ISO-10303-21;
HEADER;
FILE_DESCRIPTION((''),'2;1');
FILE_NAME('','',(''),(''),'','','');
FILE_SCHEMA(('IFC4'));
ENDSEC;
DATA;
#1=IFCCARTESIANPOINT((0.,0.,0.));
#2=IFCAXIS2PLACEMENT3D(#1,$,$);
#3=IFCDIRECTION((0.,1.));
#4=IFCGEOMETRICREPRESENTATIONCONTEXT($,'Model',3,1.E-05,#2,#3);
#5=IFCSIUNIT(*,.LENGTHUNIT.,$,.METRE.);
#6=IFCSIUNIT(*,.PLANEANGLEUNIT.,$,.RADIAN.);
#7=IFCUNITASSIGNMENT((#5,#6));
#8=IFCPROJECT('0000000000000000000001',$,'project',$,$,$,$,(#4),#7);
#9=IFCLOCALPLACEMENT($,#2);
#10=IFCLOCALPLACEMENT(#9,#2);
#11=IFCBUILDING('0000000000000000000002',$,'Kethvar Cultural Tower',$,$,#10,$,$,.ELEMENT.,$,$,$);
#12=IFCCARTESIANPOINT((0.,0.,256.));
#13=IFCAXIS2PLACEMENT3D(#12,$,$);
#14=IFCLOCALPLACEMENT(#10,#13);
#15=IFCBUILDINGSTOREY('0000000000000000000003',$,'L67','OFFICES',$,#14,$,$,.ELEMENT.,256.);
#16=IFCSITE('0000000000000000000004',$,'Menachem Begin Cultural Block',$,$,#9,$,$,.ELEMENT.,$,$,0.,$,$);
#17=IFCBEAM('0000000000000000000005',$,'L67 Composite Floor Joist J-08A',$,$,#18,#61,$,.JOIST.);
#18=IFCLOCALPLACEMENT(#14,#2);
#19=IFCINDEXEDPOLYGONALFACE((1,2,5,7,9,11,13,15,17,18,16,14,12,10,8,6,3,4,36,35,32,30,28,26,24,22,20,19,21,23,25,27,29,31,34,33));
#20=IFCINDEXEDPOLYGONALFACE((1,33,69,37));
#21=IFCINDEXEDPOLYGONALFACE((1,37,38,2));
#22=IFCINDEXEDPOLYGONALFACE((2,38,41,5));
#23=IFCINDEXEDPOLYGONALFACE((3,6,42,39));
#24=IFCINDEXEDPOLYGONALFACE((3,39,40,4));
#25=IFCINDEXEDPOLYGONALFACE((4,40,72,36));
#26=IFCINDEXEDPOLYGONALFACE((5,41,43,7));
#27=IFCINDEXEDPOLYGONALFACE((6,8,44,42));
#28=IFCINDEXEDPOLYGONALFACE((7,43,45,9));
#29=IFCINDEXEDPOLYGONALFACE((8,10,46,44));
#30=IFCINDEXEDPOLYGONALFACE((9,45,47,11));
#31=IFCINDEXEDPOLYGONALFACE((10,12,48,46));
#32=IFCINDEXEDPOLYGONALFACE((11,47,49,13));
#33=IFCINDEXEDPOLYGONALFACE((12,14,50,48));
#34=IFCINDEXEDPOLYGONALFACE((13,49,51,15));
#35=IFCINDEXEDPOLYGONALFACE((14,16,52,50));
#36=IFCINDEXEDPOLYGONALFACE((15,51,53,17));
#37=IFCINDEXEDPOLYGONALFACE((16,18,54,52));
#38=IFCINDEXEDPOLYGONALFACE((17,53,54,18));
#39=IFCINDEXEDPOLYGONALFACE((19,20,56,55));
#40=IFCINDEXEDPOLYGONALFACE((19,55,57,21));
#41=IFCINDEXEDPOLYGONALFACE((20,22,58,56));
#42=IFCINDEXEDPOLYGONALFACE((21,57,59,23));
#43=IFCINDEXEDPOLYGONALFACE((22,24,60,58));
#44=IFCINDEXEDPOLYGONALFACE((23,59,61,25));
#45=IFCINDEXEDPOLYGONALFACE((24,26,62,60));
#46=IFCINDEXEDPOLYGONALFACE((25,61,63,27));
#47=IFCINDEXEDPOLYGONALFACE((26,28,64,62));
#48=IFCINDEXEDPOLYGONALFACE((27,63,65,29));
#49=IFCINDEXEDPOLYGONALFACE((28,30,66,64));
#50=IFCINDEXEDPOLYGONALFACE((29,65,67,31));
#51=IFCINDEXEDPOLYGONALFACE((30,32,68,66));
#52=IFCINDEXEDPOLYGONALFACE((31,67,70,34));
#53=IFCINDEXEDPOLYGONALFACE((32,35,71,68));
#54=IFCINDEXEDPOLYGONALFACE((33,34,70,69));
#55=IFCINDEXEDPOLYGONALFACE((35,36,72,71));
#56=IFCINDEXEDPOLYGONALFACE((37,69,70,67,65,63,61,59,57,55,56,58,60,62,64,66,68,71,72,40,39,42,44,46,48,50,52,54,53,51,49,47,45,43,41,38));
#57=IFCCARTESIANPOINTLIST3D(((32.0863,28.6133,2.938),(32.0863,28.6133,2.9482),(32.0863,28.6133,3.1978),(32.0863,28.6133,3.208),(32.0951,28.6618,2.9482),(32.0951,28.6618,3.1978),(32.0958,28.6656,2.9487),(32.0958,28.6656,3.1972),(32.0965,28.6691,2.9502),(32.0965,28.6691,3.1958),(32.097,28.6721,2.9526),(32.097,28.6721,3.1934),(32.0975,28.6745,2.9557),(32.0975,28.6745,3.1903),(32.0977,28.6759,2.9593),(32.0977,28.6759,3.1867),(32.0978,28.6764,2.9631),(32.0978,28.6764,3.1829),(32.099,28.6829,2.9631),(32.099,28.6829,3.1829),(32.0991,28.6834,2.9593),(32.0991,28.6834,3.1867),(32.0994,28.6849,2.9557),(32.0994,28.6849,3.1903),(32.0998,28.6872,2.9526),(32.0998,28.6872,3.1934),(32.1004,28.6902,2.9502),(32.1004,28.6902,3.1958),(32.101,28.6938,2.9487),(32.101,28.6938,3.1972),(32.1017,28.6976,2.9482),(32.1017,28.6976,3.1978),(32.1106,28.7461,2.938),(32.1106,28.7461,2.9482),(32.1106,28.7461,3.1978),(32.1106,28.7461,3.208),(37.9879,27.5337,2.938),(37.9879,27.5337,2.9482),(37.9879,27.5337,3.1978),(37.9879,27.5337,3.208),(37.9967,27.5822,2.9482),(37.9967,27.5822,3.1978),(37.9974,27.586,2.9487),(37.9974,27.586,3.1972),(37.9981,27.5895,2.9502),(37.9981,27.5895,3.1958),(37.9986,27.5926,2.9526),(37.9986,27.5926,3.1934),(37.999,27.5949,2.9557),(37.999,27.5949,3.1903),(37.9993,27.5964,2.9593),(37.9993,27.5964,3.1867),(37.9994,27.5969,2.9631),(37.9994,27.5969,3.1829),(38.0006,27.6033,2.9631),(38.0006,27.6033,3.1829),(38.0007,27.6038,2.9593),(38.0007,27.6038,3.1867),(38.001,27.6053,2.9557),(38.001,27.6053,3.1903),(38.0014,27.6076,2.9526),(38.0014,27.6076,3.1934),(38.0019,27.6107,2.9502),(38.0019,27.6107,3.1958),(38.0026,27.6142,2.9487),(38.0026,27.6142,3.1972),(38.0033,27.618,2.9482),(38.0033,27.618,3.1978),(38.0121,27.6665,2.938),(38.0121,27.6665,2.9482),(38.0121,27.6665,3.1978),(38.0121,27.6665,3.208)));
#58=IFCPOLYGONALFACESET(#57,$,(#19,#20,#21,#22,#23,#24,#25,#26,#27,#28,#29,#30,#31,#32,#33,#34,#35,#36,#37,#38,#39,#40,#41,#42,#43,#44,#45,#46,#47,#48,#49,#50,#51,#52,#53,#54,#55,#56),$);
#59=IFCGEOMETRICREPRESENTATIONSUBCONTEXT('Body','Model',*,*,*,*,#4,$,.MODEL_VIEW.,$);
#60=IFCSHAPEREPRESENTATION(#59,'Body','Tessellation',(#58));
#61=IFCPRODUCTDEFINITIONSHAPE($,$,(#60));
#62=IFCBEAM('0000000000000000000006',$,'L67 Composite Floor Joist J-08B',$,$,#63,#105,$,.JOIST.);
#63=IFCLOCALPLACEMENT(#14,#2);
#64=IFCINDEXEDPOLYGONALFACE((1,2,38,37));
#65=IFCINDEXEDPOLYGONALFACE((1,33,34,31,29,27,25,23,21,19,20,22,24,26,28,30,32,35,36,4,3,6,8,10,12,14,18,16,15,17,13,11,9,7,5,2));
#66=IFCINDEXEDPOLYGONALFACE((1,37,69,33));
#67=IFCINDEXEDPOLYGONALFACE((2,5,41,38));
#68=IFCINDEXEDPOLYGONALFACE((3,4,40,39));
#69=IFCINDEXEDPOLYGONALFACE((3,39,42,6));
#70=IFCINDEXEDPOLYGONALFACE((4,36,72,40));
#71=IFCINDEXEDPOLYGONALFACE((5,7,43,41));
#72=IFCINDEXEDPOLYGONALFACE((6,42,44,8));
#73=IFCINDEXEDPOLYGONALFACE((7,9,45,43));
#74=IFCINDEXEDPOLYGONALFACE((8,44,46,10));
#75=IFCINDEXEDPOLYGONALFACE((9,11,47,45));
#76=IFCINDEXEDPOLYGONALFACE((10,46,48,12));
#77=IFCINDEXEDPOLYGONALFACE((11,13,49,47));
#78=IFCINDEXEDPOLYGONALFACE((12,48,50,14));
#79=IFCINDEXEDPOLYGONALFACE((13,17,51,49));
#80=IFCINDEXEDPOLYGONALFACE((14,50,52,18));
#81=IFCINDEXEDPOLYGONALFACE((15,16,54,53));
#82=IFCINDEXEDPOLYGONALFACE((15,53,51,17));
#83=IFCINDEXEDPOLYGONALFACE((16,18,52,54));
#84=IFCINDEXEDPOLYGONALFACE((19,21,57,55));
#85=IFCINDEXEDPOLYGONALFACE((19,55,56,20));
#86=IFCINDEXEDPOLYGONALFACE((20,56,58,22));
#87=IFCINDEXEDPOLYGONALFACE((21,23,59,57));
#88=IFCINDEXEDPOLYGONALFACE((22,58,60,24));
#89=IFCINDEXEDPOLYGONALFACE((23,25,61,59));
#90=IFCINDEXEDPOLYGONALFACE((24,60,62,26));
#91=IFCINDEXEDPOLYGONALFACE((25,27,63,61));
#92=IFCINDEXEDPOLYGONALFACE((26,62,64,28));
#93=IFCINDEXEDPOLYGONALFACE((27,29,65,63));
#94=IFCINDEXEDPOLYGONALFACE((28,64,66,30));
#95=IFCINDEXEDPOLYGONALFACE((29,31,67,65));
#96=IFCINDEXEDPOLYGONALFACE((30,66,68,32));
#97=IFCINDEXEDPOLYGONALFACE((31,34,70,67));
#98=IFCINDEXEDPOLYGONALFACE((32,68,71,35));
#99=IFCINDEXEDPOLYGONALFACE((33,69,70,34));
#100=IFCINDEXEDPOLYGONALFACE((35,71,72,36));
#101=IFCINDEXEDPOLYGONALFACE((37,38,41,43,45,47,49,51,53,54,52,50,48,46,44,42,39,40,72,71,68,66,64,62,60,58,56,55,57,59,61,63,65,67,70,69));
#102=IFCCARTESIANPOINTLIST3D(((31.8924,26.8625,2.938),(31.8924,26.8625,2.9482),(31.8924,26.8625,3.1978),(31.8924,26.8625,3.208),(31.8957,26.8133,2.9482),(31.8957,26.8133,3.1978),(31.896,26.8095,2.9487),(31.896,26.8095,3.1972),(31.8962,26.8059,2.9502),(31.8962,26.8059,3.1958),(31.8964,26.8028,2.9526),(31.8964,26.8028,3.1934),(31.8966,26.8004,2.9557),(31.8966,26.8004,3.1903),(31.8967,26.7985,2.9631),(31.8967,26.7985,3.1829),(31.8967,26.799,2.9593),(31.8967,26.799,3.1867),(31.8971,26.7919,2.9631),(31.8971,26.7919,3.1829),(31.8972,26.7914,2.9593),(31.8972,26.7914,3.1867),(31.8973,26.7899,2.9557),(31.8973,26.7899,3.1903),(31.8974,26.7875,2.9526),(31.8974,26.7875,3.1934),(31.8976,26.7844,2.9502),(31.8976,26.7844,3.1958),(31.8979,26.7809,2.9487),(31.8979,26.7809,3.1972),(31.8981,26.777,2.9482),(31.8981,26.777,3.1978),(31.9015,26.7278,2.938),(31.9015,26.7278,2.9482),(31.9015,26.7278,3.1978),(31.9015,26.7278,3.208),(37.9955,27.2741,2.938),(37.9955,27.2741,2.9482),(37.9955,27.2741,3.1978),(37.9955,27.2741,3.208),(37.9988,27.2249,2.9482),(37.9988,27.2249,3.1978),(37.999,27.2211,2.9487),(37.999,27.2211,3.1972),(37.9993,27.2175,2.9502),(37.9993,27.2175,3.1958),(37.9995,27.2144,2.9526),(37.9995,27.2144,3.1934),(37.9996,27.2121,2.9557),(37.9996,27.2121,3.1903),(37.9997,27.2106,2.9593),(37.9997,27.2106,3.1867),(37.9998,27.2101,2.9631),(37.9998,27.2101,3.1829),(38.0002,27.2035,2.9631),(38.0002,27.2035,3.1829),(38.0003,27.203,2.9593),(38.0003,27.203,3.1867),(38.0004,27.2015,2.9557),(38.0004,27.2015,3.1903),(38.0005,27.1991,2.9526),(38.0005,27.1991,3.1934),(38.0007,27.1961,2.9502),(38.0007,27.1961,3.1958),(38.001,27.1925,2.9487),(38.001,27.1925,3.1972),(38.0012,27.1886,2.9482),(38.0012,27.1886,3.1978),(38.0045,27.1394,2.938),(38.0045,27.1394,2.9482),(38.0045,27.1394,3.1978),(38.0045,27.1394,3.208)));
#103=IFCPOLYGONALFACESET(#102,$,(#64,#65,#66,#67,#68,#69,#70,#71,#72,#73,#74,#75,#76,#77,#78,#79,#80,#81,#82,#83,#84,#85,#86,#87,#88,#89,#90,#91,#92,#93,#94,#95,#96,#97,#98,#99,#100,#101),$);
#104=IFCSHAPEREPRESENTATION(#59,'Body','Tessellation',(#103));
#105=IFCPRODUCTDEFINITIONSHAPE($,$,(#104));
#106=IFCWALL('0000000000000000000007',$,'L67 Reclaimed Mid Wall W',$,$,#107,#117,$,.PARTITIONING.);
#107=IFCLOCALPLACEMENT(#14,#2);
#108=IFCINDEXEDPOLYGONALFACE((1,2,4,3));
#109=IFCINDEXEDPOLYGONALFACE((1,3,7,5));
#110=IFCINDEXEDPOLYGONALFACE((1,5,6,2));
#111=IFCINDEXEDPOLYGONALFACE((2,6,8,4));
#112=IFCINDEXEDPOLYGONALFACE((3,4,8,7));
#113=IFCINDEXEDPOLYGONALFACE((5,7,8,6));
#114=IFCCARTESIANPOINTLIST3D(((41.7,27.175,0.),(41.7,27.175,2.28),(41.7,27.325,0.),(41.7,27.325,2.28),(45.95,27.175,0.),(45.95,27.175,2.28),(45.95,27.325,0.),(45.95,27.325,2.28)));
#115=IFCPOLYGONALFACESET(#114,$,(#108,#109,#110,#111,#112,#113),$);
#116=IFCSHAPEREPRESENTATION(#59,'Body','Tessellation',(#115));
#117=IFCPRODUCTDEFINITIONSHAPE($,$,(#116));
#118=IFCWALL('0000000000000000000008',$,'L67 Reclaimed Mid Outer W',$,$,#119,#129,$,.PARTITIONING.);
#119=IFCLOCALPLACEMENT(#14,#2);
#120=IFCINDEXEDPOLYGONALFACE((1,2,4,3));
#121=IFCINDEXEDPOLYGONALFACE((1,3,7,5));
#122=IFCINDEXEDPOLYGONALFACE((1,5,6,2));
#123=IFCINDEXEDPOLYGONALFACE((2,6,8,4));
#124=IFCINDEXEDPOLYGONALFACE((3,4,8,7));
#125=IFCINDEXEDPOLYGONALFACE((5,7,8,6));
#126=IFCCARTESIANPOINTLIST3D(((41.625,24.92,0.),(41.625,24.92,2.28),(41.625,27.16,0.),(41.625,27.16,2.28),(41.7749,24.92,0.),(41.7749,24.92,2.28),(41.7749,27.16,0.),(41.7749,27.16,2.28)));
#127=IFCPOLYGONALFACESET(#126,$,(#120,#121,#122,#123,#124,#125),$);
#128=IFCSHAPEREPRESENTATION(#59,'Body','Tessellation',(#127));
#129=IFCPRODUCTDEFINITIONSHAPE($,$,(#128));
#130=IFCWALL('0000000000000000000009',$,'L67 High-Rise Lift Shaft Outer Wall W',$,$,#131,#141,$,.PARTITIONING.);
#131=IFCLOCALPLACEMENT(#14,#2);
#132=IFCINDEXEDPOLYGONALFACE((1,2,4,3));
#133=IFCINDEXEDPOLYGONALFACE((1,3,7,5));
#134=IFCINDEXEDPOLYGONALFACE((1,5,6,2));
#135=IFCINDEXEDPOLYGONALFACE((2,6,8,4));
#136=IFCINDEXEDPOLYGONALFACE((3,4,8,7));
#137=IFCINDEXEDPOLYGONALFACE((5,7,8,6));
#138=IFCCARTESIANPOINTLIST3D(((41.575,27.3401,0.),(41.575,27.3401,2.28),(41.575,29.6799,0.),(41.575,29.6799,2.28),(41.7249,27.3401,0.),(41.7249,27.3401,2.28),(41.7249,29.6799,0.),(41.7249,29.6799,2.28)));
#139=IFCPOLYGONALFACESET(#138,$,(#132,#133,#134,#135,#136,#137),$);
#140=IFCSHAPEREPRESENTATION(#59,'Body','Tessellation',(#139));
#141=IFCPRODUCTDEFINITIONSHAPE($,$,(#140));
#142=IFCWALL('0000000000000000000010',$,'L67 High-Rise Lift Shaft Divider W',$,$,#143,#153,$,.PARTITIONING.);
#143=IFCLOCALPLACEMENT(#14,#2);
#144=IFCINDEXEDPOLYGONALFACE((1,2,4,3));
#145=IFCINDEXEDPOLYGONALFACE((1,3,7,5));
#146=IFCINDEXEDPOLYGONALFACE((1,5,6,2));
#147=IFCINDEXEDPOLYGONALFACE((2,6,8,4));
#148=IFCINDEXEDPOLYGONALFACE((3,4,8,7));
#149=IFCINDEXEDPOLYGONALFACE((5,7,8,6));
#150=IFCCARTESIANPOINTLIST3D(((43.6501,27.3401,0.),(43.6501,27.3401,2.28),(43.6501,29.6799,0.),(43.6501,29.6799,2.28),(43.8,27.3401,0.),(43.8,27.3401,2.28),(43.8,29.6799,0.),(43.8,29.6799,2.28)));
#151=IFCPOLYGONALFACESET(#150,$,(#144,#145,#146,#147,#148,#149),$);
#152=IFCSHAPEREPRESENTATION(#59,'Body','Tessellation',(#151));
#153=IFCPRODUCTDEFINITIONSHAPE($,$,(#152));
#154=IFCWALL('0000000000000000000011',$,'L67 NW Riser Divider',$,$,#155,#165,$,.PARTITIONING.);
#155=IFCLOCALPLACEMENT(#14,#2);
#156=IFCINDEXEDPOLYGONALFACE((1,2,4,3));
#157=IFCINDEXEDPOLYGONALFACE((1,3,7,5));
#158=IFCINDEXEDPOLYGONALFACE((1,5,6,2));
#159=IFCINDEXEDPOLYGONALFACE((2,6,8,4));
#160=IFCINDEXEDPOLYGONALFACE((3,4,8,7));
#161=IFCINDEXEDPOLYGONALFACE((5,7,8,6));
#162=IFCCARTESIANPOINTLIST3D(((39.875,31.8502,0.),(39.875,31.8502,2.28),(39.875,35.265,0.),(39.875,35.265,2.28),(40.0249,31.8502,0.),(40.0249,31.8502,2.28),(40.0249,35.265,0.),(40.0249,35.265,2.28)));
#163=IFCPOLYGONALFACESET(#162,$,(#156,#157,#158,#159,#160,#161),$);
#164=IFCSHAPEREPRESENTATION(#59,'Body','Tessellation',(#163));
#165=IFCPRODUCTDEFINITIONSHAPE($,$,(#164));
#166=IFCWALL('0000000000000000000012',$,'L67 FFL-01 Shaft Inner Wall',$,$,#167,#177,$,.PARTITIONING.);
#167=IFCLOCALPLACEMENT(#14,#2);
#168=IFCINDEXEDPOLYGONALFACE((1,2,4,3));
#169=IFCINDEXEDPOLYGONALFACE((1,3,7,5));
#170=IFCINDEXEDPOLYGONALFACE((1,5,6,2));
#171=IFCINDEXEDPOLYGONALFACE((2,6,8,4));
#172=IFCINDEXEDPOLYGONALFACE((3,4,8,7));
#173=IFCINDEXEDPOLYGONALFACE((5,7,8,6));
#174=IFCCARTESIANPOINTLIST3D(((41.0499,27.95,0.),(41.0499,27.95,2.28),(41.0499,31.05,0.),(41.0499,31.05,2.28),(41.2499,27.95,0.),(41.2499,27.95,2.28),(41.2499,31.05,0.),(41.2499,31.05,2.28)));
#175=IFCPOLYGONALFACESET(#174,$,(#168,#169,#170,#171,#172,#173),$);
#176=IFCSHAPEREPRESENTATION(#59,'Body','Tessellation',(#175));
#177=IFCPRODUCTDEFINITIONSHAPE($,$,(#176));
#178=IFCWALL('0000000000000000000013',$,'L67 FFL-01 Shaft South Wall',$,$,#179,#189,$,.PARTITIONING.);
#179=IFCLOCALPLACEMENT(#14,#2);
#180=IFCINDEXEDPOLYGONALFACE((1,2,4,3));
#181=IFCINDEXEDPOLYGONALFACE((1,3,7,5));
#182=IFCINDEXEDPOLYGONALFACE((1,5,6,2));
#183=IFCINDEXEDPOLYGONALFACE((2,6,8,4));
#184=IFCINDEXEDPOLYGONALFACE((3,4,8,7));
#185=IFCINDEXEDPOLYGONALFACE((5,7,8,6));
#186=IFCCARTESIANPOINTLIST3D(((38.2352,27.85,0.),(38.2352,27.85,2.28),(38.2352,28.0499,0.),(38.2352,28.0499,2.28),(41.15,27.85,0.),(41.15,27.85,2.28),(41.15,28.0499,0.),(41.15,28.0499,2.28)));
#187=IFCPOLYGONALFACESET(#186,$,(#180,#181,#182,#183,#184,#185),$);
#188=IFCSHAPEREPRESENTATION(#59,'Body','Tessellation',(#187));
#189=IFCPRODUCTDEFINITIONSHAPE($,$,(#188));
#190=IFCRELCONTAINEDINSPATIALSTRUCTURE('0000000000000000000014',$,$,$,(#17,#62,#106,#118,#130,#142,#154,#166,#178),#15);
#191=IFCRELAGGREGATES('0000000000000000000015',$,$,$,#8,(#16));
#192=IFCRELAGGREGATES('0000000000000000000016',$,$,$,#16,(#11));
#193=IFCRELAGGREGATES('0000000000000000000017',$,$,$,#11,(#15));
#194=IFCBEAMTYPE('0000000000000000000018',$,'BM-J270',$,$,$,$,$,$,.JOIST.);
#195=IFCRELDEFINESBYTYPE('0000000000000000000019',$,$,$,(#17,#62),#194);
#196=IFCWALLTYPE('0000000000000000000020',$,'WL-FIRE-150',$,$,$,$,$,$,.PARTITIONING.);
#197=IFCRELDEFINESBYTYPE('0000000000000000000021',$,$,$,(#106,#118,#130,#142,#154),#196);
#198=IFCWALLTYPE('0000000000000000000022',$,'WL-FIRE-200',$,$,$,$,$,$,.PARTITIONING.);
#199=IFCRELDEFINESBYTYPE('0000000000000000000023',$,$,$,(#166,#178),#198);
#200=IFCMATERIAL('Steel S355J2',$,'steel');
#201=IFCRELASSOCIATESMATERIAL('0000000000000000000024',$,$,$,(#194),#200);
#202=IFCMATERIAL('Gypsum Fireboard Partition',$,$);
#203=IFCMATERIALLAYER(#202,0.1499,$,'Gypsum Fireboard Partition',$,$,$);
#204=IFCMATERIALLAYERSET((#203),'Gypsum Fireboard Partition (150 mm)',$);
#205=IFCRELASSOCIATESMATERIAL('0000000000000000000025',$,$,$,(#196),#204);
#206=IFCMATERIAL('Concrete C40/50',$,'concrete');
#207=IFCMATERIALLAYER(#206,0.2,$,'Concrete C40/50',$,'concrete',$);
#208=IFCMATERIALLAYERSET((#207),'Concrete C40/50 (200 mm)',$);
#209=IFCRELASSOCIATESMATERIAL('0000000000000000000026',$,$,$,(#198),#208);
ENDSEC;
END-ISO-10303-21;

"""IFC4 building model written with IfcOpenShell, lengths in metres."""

from ifc_helpers import new_model, si_unit, direction, frame, frame_2d, origin, origin_2d, place, context, subcontext, project, spatial, rectangle, i_section, extrude, source, transform, mapped, material, layer, layer_set, material_profile, profile_set, type_object, element, save


model = new_model("IFC4")

# Units and contexts
model_context = context("Model", 3, precision=1e-05, world=origin(), true_north=direction((0.0, 1.0)))
body_context = subcontext(model_context, "Body", "Model", "MODEL_VIEW")
ifc_project = project(units=[si_unit("LENGTHUNIT", "METRE"), si_unit("PLANEANGLEUNIT", "RADIAN")], contexts=[model_context])

# Site, building, storey
site_placement = place(None, origin())
site = spatial("IfcSite", under=ifc_project, at=site_placement, Name="Menachem Begin Cultural Block", CompositionType="ELEMENT", RefElevation=0.0)
building_placement = place(site_placement, origin())
building = spatial("IfcBuilding", under=site, at=building_placement, Name="Kethvar Cultural Tower", CompositionType="ELEMENT")
storey_placement = place(building_placement, frame((0.0, 0.0, 256.0)))
storey = spatial("IfcBuildingStorey", under=building, at=storey_placement, Name="L67", Description="OFFICES", CompositionType="ELEMENT", Elevation=256.0)

# Beams
ifc_material_1 = material(Name="Steel S355J2", Category="steel")
ifc_material_profile_1 = material_profile(ifc_material_1, i_section(OverallWidth=0.135, OverallDepth=0.27, WebThickness=0.0066, FlangeThickness=0.0103, FilletRadius=0.0149, at=origin_2d()), Name="Steel S355J2 — IPE270")
ifc_profile_set_1 = profile_set([ifc_material_profile_1], Name="Steel S355J2 — IPE270")
beam_type_1 = type_object("IfcBeamType", Name="BM-J270", PredefinedType="JOIST", material=ifc_profile_set_1)
shared_shape_1 = source(origin(), body_context, "Body", "SweptSolid", [
    extrude(i_section(OverallWidth=0.135, OverallDepth=0.27, WebThickness=0.0066, FlangeThickness=0.0103, FilletRadius=0.0149, at=origin_2d()), origin(), (0.0, 0.0, 1.0), 5.9995),
])
beam_1_placement = place(storey_placement, frame((38.0, 27.6001, 3.073), z_axis=(-0.983677, 0.179945, 0.0), x_axis=(-0.179945, -0.983677, 0.0)))
element("IfcBeam", 1, at=beam_1_placement, inside=storey, type_object=beam_type_1, Name="L67 Composite Floor Joist J-08A", PredefinedType="JOIST", context=body_context, shape_type="MappedRepresentation", body=[
    mapped(shared_shape_1, transform((0.0, 0.0, 0.0), scale=1.0)),
])
shared_shape_2 = source(origin(), body_context, "Body", "SweptSolid", [
    extrude(i_section(OverallWidth=0.135, OverallDepth=0.27, WebThickness=0.0066, FlangeThickness=0.0103, FilletRadius=0.0149, at=origin_2d()), origin(), (0.0, 0.0, 1.0), 6.1169),
])
beam_2_placement = place(storey_placement, frame((38.0, 27.2068, 3.073), z_axis=(-0.997733, -0.067293, 0.0), x_axis=(0.067293, -0.997733, 0.0)))
element("IfcBeam", 2, at=beam_2_placement, inside=storey, type_object=beam_type_1, Name="L67 Composite Floor Joist J-08B", PredefinedType="JOIST", context=body_context, shape_type="MappedRepresentation", body=[
    mapped(shared_shape_2, transform((0.0, 0.0, 0.0), scale=1.0)),
])

# Walls
ifc_material_2 = material(Name="Gypsum Fireboard Partition")
ifc_layer_1 = layer(ifc_material_2, 0.1499, Name="Gypsum Fireboard Partition")
ifc_layer_set_1 = layer_set([ifc_layer_1], Name="Gypsum Fireboard Partition (150 mm)")
wall_type_1 = type_object("IfcWallType", Name="WL-FIRE-150", PredefinedType="PARTITIONING", material=ifc_layer_set_1)
wall_1_placement = place(storey_placement, frame((41.7, 27.25, 0.0), z_axis=(0.0, 0.0, 1.0), x_axis=(1.0, 0.0, 0.0)))
element("IfcWall", 3, at=wall_1_placement, inside=storey, type_object=wall_type_1, Name="L67 Reclaimed Mid Wall W", PredefinedType="PARTITIONING", context=body_context, shape_type="SweptSolid", body=[
    extrude(rectangle(XDim=4.25, YDim=0.1499, at=frame_2d((2.125, 0.0))), origin(), (0.0, 0.0, 1.0), 2.28),
])
wall_2_placement = place(storey_placement, frame((41.7, 24.9199, 0.0), z_axis=(0.0, 0.0, 1.0), x_axis=(0.0, 1.0, 0.0)))
element("IfcWall", 4, at=wall_2_placement, inside=storey, type_object=wall_type_1, Name="L67 Reclaimed Mid Outer W", PredefinedType="PARTITIONING", context=body_context, shape_type="SweptSolid", body=[
    extrude(rectangle(XDim=2.24, YDim=0.1499, at=frame_2d((1.1201, 0.0))), origin(), (0.0, 0.0, 1.0), 2.28),
])

# Walls
for number, where, z_axis, x_axis, name in (
    (5, (41.6499, 27.3401, 0.0), (0.0, 0.0, 1.0), (0.0, 1.0, 0.0), "L67 High-Rise Lift Shaft Outer Wall W"),
    (6, (43.7251, 27.3401, 0.0), (0.0, 0.0, 1.0), (0.0, 1.0, 0.0), "L67 High-Rise Lift Shaft Divider W"),
):
    element("IfcWall", number, at=place(storey_placement, frame(where, z_axis=z_axis, x_axis=x_axis)), inside=storey, type_object=wall_type_1, Name=name, PredefinedType="PARTITIONING", context=body_context, shape_type="SweptSolid", body=[
        extrude(rectangle(XDim=2.3398, YDim=0.1499, at=frame_2d((1.1699, 0.0))), origin(), (0.0, 0.0, 1.0), 2.28),
    ])
wall_3_placement = place(storey_placement, frame((39.95, 31.8501, 0.0), z_axis=(0.0, 0.0, 1.0), x_axis=(0.0, 1.0, 0.0)))
element("IfcWall", 7, at=wall_3_placement, inside=storey, type_object=wall_type_1, Name="L67 NW Riser Divider", PredefinedType="PARTITIONING", context=body_context, shape_type="SweptSolid", body=[
    extrude(rectangle(XDim=3.4148, YDim=0.1499, at=frame_2d((1.7075, 0.0))), origin(), (0.0, 0.0, 1.0), 2.28),
])
ifc_material_3 = material(Name="Concrete C40/50", Category="concrete")
ifc_layer_2 = layer(ifc_material_3, 0.2, Name="Concrete C40/50", Category="concrete")
ifc_layer_set_2 = layer_set([ifc_layer_2], Name="Concrete C40/50 (200 mm)")
wall_type_2 = type_object("IfcWallType", Name="WL-FIRE-200", PredefinedType="PARTITIONING", material=ifc_layer_set_2)
wall_4_placement = place(storey_placement, frame((41.1499, 27.95, 0.0), z_axis=(0.0, 0.0, 1.0), x_axis=(0.0, 1.0, 0.0)))
element("IfcWall", 8, at=wall_4_placement, inside=storey, type_object=wall_type_2, Name="L67 FFL-01 Shaft Inner Wall", PredefinedType="PARTITIONING", context=body_context, shape_type="SweptSolid", body=[
    extrude(rectangle(XDim=3.1001, YDim=0.2, at=frame_2d((1.55, 0.0))), origin(), (0.0, 0.0, 1.0), 2.28),
])
for number, where, z_axis, x_axis, name in (
    (9, (38.2351, 27.95, 0.0), (0.0, 0.0, 1.0), (1.0, 0.0, 0.0), "L67 FFL-01 Shaft South Wall"),
):
    element("IfcWall", number, at=place(storey_placement, frame(where, z_axis=z_axis, x_axis=x_axis)), inside=storey, type_object=wall_type_2, Name=name, PredefinedType="PARTITIONING", context=body_context, shape_type="SweptSolid", body=[
        extrude(rectangle(XDim=2.9148, YDim=0.2, at=frame_2d((1.4575, 0.0))), origin(), (0.0, 0.0, 1.0), 2.28),
    ])

save(model, "model.ifc")
